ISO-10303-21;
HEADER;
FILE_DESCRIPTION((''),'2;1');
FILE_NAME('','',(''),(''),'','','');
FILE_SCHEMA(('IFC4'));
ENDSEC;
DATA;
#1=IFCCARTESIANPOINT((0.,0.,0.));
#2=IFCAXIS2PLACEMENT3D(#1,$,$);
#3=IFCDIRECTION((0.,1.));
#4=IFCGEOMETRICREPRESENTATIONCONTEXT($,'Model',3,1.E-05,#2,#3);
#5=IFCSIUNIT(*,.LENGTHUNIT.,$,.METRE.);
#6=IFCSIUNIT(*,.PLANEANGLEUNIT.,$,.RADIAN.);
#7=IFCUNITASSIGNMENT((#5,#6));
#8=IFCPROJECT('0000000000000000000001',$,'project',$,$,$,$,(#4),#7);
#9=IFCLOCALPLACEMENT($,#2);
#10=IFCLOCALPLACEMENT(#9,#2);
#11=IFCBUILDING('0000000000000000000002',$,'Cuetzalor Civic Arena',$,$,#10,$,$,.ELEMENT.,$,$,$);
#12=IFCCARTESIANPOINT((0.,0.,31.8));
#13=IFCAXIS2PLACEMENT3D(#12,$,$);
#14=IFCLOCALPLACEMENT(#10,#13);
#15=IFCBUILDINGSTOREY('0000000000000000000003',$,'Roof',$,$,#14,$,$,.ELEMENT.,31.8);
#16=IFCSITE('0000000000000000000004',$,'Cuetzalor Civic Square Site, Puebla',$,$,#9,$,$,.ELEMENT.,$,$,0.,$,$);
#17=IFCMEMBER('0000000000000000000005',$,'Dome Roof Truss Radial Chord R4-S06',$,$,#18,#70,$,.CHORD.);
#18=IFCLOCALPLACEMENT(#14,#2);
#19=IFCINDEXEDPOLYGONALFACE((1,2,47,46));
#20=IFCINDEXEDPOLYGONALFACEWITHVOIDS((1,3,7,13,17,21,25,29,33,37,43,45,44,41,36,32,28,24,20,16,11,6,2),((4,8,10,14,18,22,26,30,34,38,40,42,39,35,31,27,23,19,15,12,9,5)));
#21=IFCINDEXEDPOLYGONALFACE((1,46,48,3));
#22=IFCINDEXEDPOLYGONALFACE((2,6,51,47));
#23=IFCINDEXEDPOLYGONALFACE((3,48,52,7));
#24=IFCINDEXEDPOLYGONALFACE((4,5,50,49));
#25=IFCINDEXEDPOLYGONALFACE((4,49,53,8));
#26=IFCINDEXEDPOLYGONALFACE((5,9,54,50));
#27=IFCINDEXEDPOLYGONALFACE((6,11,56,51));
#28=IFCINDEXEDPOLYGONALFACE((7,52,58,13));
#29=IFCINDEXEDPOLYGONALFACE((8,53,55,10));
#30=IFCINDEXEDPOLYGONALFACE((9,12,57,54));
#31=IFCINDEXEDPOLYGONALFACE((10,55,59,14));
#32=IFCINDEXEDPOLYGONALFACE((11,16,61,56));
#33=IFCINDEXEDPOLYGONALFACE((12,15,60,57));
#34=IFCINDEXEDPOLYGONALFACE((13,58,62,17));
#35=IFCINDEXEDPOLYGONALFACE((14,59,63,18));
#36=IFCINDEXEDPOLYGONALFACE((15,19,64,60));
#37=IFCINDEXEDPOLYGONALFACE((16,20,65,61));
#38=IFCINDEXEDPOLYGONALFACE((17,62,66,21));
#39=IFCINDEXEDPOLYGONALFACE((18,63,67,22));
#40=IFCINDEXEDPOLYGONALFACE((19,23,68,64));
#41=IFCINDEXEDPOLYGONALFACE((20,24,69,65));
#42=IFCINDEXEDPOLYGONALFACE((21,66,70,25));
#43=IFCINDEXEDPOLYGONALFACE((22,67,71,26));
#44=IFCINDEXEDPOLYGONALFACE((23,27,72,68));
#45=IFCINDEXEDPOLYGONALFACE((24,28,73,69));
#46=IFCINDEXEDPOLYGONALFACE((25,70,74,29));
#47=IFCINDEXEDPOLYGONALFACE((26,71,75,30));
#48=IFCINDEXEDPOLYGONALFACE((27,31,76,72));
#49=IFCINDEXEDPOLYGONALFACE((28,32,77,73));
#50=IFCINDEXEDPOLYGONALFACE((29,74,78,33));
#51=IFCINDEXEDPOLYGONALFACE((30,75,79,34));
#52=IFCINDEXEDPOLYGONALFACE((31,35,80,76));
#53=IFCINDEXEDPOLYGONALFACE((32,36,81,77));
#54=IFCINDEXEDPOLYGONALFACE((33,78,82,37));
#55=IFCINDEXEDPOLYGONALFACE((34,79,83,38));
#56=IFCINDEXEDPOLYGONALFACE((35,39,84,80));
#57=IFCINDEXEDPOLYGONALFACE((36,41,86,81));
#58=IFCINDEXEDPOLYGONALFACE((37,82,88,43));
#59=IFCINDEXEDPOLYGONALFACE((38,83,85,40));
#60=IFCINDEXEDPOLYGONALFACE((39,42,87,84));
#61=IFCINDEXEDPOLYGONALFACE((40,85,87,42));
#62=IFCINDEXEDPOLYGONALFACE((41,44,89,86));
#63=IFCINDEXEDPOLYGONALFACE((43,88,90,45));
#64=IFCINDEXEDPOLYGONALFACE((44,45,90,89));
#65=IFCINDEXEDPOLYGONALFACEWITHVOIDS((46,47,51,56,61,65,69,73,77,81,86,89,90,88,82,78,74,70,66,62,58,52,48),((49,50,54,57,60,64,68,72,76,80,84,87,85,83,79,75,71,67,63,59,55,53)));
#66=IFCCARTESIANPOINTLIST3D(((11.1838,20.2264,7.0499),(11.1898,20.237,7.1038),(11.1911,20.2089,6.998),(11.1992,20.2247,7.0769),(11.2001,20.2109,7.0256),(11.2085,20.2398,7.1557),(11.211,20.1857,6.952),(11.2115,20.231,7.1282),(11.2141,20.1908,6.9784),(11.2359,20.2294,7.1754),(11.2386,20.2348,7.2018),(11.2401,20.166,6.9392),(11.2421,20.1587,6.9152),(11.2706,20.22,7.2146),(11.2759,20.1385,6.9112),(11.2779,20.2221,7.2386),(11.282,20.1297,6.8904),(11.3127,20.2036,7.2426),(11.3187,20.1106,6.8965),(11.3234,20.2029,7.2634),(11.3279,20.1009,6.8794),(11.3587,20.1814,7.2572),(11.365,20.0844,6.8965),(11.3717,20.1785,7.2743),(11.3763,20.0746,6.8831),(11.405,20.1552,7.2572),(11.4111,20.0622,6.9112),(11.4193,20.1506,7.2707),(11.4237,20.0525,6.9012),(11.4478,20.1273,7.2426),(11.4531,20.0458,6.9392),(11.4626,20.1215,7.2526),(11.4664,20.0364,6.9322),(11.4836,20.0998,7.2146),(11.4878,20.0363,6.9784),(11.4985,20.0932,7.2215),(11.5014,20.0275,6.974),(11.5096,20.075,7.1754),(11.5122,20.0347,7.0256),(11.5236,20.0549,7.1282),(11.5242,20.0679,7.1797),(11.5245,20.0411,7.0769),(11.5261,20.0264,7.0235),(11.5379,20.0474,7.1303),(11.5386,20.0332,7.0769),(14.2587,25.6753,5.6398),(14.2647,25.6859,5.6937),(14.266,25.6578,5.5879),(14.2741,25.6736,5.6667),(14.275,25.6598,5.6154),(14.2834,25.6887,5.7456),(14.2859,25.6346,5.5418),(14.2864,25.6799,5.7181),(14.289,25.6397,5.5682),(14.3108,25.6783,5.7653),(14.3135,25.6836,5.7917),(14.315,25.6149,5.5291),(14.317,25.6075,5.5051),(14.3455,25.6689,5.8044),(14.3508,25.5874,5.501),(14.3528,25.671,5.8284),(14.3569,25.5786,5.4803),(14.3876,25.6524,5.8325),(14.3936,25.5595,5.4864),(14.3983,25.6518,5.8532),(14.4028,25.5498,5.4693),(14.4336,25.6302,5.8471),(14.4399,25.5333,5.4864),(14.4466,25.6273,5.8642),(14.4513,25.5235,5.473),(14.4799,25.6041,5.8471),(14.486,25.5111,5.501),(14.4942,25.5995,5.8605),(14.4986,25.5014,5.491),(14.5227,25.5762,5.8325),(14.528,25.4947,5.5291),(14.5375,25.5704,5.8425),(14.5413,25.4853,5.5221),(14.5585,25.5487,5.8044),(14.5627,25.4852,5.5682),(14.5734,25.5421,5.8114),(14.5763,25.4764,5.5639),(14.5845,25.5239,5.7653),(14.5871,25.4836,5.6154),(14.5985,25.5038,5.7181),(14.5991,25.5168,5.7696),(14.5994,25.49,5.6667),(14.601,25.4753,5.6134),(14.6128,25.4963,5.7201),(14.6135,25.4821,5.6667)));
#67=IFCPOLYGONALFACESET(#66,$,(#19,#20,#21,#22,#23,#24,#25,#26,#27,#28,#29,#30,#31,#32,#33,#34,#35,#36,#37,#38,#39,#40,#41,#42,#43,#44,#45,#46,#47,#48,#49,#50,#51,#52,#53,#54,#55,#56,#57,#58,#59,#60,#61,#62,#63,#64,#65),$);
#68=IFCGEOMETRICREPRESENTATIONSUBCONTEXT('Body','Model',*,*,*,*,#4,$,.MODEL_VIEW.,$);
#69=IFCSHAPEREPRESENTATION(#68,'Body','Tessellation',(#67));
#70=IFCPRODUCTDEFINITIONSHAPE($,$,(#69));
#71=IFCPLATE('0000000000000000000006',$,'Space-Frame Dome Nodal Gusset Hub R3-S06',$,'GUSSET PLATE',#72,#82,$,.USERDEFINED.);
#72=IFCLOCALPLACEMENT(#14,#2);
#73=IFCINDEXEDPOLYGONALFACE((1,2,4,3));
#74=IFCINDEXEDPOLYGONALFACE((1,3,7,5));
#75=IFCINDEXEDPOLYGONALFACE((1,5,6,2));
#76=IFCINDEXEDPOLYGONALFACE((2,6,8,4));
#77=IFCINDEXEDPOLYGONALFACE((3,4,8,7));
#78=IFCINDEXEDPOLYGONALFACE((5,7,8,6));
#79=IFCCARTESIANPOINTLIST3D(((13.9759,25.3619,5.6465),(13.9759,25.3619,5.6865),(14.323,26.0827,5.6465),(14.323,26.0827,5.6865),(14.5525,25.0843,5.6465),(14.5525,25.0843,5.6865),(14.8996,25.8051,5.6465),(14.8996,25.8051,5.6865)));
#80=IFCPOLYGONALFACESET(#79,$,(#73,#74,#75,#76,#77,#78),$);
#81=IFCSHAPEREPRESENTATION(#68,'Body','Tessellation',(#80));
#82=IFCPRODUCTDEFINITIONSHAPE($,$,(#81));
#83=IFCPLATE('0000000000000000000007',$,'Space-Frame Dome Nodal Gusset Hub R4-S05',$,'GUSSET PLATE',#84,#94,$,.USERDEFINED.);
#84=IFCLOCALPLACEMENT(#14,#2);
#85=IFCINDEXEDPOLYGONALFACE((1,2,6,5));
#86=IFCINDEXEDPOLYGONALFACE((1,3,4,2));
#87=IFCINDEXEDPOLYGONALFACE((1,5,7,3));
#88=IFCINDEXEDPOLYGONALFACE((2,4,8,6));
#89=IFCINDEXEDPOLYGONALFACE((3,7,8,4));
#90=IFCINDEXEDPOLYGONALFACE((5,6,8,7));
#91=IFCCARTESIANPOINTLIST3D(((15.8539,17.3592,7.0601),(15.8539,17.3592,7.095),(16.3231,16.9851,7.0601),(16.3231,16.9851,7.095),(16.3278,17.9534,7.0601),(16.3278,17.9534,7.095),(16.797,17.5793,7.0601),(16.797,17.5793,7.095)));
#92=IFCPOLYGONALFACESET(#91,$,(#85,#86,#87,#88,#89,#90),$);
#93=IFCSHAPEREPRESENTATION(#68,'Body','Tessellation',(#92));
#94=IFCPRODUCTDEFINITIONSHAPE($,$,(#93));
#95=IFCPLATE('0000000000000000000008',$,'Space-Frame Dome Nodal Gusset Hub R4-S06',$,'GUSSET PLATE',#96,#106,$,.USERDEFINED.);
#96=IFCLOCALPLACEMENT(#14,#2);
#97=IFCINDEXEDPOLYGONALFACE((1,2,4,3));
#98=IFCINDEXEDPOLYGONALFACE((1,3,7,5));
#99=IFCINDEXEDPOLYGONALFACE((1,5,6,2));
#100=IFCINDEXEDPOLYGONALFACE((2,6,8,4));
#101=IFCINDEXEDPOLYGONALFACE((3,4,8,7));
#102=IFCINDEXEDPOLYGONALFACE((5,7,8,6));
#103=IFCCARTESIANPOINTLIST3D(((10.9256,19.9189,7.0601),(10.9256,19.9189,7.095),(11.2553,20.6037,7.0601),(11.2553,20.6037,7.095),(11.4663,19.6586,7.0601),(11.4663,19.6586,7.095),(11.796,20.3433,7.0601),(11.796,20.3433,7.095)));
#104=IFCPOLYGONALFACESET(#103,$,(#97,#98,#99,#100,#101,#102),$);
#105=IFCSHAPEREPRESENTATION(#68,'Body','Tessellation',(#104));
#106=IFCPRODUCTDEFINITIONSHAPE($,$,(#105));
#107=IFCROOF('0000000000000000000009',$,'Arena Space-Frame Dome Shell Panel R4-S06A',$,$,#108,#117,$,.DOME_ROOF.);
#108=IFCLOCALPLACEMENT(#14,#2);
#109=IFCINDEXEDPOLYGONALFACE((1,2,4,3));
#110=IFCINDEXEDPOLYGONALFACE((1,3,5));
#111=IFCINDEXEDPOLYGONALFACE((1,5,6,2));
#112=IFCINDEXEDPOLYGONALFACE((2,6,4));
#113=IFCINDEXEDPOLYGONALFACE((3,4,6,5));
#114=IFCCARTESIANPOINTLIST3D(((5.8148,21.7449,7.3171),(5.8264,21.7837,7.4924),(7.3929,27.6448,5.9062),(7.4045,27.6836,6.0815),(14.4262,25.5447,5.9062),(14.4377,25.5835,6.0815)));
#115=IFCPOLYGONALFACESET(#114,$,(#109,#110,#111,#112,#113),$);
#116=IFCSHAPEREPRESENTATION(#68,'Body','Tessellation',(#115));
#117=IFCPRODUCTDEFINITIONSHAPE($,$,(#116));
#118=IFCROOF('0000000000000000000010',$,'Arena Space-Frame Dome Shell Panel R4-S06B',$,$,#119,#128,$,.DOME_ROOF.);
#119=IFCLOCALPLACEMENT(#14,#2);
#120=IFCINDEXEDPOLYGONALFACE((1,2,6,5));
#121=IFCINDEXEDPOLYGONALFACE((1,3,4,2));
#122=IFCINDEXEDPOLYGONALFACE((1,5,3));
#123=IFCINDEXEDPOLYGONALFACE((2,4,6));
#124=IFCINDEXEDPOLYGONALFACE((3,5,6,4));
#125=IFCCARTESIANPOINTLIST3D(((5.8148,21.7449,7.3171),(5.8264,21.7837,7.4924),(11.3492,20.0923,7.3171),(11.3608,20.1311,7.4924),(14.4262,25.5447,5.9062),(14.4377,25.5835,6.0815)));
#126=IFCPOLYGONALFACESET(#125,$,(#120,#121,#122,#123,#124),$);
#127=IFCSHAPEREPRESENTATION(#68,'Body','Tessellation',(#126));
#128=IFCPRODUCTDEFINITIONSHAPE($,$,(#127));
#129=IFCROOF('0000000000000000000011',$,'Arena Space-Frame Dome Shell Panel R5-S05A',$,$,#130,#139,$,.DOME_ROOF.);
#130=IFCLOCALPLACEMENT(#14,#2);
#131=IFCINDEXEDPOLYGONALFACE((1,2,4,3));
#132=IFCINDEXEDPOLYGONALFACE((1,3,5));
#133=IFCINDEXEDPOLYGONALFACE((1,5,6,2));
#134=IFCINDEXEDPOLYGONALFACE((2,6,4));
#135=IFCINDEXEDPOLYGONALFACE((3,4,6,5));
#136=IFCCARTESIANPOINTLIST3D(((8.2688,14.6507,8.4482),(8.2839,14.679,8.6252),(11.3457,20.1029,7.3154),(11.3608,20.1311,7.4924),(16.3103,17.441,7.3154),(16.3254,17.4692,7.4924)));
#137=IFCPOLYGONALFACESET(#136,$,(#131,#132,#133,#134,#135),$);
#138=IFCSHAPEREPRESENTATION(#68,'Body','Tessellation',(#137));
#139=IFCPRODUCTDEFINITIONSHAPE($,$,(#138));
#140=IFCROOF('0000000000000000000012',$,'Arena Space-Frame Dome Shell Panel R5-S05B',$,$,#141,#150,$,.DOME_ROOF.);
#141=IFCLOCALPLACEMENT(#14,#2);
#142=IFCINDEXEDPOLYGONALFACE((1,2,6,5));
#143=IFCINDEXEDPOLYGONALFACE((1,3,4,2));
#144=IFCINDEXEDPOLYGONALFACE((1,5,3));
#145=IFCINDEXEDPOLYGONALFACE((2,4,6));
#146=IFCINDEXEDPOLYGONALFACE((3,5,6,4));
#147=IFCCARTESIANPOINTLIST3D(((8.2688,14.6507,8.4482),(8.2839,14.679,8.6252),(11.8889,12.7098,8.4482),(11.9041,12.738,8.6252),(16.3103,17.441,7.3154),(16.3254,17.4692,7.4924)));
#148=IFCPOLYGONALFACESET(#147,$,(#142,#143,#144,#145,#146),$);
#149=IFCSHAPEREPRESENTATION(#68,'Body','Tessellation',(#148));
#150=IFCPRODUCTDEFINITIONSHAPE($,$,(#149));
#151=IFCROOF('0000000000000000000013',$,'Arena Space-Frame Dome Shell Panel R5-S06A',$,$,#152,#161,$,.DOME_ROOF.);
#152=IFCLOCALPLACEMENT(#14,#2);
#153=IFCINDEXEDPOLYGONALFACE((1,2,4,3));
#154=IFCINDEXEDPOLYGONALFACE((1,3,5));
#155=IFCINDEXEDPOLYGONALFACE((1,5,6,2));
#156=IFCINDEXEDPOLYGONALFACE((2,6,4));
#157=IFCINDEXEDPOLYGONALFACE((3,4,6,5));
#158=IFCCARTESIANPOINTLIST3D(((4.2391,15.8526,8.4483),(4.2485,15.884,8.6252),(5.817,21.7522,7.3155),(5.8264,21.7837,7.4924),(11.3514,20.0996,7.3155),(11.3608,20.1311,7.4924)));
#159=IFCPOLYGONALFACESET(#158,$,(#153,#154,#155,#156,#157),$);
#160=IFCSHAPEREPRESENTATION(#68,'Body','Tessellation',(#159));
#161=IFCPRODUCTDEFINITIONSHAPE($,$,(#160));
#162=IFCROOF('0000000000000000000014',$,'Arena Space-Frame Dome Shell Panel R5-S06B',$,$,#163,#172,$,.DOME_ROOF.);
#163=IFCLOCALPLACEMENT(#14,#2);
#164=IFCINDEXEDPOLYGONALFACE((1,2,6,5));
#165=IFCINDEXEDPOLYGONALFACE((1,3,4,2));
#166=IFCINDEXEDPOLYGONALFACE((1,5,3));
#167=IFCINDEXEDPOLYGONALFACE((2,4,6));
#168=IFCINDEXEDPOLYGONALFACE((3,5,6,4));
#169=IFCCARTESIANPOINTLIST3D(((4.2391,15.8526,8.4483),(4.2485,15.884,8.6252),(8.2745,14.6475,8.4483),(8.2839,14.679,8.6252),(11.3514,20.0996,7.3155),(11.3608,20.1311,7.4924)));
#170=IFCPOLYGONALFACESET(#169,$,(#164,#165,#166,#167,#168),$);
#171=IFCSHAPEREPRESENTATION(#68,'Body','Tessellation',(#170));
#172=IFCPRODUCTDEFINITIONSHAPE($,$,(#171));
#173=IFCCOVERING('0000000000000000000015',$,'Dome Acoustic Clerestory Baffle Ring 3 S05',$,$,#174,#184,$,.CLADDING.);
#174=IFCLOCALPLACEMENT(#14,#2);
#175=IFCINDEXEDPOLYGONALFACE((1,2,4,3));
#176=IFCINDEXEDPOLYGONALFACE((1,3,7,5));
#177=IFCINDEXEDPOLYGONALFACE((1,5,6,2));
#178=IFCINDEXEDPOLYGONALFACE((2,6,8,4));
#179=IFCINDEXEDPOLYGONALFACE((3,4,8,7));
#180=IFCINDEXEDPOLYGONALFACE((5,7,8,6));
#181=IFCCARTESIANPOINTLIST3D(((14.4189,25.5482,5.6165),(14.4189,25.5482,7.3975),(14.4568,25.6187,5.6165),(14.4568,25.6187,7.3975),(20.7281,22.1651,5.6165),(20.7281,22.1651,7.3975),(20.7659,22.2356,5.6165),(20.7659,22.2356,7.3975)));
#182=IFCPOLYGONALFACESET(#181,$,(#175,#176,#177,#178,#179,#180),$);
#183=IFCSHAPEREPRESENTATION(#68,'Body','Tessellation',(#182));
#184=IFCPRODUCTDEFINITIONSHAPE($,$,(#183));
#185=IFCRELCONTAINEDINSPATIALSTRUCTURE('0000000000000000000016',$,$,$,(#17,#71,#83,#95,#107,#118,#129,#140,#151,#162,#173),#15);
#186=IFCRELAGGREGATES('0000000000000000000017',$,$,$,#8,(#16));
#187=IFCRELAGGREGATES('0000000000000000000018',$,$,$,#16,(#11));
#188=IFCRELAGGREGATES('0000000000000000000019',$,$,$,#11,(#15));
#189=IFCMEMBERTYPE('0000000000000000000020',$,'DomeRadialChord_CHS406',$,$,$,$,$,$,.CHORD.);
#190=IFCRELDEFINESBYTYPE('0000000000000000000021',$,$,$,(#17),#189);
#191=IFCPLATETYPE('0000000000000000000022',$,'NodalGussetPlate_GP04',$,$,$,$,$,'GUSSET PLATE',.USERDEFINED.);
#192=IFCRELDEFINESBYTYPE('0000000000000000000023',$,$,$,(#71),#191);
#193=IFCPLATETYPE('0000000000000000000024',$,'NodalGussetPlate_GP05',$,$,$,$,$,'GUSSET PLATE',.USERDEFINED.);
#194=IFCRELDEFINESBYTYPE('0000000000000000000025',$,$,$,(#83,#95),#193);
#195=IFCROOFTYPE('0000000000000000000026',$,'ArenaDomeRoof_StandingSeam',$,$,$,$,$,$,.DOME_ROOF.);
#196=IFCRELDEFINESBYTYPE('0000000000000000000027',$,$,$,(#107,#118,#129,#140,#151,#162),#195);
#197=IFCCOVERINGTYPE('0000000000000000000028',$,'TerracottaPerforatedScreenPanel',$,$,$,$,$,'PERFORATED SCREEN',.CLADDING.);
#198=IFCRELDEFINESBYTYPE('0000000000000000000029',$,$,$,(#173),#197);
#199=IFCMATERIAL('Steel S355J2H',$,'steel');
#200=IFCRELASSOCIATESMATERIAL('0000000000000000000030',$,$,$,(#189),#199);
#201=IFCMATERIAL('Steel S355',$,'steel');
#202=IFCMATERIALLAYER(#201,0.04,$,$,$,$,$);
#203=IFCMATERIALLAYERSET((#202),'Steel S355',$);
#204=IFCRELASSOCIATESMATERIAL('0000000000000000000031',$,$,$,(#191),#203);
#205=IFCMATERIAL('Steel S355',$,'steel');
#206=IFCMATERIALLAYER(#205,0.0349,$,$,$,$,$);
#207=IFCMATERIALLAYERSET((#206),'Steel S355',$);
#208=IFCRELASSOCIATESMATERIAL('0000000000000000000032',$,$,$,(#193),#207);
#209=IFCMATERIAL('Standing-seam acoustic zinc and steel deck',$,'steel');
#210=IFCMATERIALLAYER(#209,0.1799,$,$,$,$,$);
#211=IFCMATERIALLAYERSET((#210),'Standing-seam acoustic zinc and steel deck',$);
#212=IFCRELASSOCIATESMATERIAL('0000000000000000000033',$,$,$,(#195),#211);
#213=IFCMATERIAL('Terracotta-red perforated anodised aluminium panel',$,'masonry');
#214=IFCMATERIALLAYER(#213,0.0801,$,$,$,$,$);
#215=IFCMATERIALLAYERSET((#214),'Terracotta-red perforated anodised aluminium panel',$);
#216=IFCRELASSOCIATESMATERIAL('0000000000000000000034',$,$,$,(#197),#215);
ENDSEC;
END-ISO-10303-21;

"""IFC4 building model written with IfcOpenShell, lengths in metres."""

from ifc_helpers import new_model, si_unit, direction, frame, frame_2d, origin, origin_2d, place, context, subcontext, project, spatial, polyline, rectangle, hollow_circle, outline, extrude, material, layer, layer_set, material_profile, profile_set, type_object, element, save


model = new_model("IFC4")

# Units and contexts
model_context = context("Model", 3, precision=1e-05, world=origin(), true_north=direction((0.0, 1.0)))
body_context = subcontext(model_context, "Body", "Model", "MODEL_VIEW")
ifc_project = project(units=[si_unit("LENGTHUNIT", "METRE"), si_unit("PLANEANGLEUNIT", "RADIAN")], contexts=[model_context])

# Site, building, storey
site_placement = place(None, origin())
site = spatial("IfcSite", under=ifc_project, at=site_placement, Name="Cuetzalor Civic Square Site, Puebla", CompositionType="ELEMENT", RefElevation=0.0)
building_placement = place(site_placement, origin())
building = spatial("IfcBuilding", under=site, at=building_placement, Name="Cuetzalor Civic Arena", CompositionType="ELEMENT")
storey_placement = place(building_placement, frame((0.0, 0.0, 31.8)))
storey = spatial("IfcBuildingStorey", under=building, at=storey_placement, Name="Roof", CompositionType="ELEMENT", Elevation=31.8)

# Member
ifc_material_1 = material(Name="Steel S355J2H", Category="steel")
ifc_material_profile_1 = material_profile(ifc_material_1, hollow_circle(Radius=0.2029, WallThickness=0.0161, at=origin_2d()), Name="CHS 406x16")
ifc_profile_set_1 = profile_set([ifc_material_profile_1], Name="Steel S355J2H")
member_type_1 = type_object("IfcMemberType", Name="DomeRadialChord_CHS406", PredefinedType="CHORD", material=ifc_profile_set_1)
member_1_placement = place(storey_placement, frame((14.4368, 25.5818, 5.6667), z_axis=(-0.479437, -0.849587, 0.219867), x_axis=(0.870898, -0.491463, 0.0)))
element("IfcMember", 1, at=member_1_placement, inside=storey, type_object=member_type_1, Name="Dome Roof Truss Radial Chord R4-S06", PredefinedType="CHORD", context=body_context, shape_type="SweptSolid", body=[
    extrude(hollow_circle(Radius=0.2029, WallThickness=0.0161, at=origin_2d()), origin(), (0.0, 0.0, 1.0), 6.4136),
])

# Plates
ifc_material_2 = material(Name="Steel S355", Category="steel")
ifc_layer_1 = layer(ifc_material_2, 0.04)
ifc_layer_set_1 = layer_set([ifc_layer_1], Name="Steel S355")
plate_type_1 = type_object("IfcPlateType", Name="NodalGussetPlate_GP04", ElementType="GUSSET PLATE", PredefinedType="USERDEFINED", material=ifc_layer_set_1)
plate_placement = place(storey_placement, frame((14.4377, 25.5835, 5.6465), z_axis=(0.0, 0.0, 1.0), x_axis=(0.433816, 0.901001, 0.0)))
element("IfcPlate", 2, at=plate_placement, inside=storey, type_object=plate_type_1, Name="Space-Frame Dome Nodal Gusset Hub R3-S06", ObjectType="GUSSET PLATE", PredefinedType="USERDEFINED", context=body_context, shape_type="SweptSolid", body=[
    extrude(rectangle(XDim=0.8, YDim=0.6399, at=origin_2d()), origin(), (0.0, 0.0, 1.0), 0.04),
])
ifc_material_3 = material(Name="Steel S355", Category="steel")
ifc_layer_2 = layer(ifc_material_3, 0.0349)
ifc_layer_set_2 = layer_set([ifc_layer_2], Name="Steel S355")
plate_type_2 = type_object("IfcPlateType", Name="NodalGussetPlate_GP05", ElementType="GUSSET PLATE", PredefinedType="USERDEFINED", material=ifc_layer_set_2)
for number, where, z_axis, x_axis, name in (
    (3, (16.3254, 17.4692, 7.0601), (0.0, 0.0, 1.0), (0.62347, 0.781847, 0.0), "Space-Frame Dome Nodal Gusset Hub R4-S05"),
    (4, (11.3608, 20.1311, 7.0601), (0.0, 0.0, 1.0), (0.433816, 0.901001, 0.0), "Space-Frame Dome Nodal Gusset Hub R4-S06"),
):
    element("IfcPlate", number, at=place(storey_placement, frame(where, z_axis=z_axis, x_axis=x_axis)), inside=storey, type_object=plate_type_2, Name=name, ObjectType="GUSSET PLATE", PredefinedType="USERDEFINED", context=body_context, shape_type="SweptSolid", body=[
        extrude(rectangle(XDim=0.76, YDim=0.6001, at=origin_2d()), origin(), (0.0, 0.0, 1.0), 0.0349),
    ])

# Roofs
ifc_material_4 = material(Name="Standing-seam acoustic zinc and steel deck", Category="steel")
ifc_layer_3 = layer(ifc_material_4, 0.1799)
ifc_layer_set_3 = layer_set([ifc_layer_3], Name="Standing-seam acoustic zinc and steel deck")
roof_type = type_object("IfcRoofType", Name="ArenaDomeRoof_StandingSeam", PredefinedType="DOME_ROOF", material=ifc_layer_set_3)
roof_1_placement = place(storey_placement, frame((14.4377, 25.5835, 6.0815), z_axis=(0.064426, 0.215763, 0.974318), x_axis=(-0.958195, 0.286115, 0.0)))
element("IfcRoof", 5, at=roof_1_placement, inside=storey, type_object=roof_type, Name="Arena Space-Frame Dome Shell Panel R4-S06A", PredefinedType="DOME_ROOF", context=body_context, shape_type="SweptSolid", body=[
    extrude(outline(polyline([(0.0, 0.0), (7.3401, 0.0), (7.1642, 6.2657), (0.0, 0.0)])), origin(), (0.0, 0.0, -1.0), 0.1799),
])
roof_2_placement = place(storey_placement, frame((14.4377, 25.5835, 6.0815), z_axis=(0.064427, 0.215762, 0.974318), x_axis=(-0.904782, -0.399241, 0.14824)))
element("IfcRoof", 6, at=roof_2_placement, inside=storey, type_object=roof_type, Name="Arena Space-Frame Dome Shell Panel R4-S06B", PredefinedType="DOME_ROOF", context=body_context, shape_type="SweptSolid", body=[
    extrude(outline(polyline([(0.0, 0.0), (9.5176, 0.0), (5.1699, 3.8025), (0.0, 0.0)])), origin(), (0.0, 0.0, -1.0), 0.1799),
])
roof_3_placement = place(storey_placement, frame((16.3254, 17.4692, 7.4924), z_axis=(0.084156, 0.156959, 0.984013), x_axis=(-0.881313, 0.472533, 0.0)))
element("IfcRoof", 7, at=roof_3_placement, inside=storey, type_object=roof_type, Name="Arena Space-Frame Dome Shell Panel R5-S05A", PredefinedType="DOME_ROOF", context=body_context, shape_type="SweptSolid", body=[
    extrude(outline(polyline([(0.0, 0.0), (5.6332, 0.0), (5.7686, 6.3607), (0.0, 0.0)])), origin(), (0.0, 0.0, -1.0), 0.1799),
])
roof_4_placement = place(storey_placement, frame((16.3254, 17.4692, 7.4924), z_axis=(0.084155, 0.156962, 0.984013), x_axis=(-0.936486, -0.324947, 0.131923)))
element("IfcRoof", 8, at=roof_4_placement, inside=storey, type_object=roof_type, Name="Arena Space-Frame Dome Shell Panel R5-S05B", PredefinedType="DOME_ROOF", context=body_context, shape_type="SweptSolid", body=[
    extrude(outline(polyline([(0.0, 0.0), (8.5869, 0.0), (5.8274, 3.0426), (0.0, 0.0)])), origin(), (0.0, 0.0, -1.0), 0.1799),
])
roof_5_placement = place(storey_placement, frame((11.3608, 20.1311, 7.4924), z_axis=(0.052204, 0.174828, 0.983214), x_axis=(-0.958194, 0.286118, 0.0)))
element("IfcRoof", 9, at=roof_5_placement, inside=storey, type_object=roof_type, Name="Arena Space-Frame Dome Shell Panel R5-S06A", PredefinedType="DOME_ROOF", context=body_context, shape_type="SweptSolid", body=[
    extrude(outline(polyline([(0.0, 0.0), (5.7759, 0.0), (5.5998, 6.2087), (0.0, 0.0)])), origin(), (0.0, 0.0, -1.0), 0.1799),
])
roof_6_placement = place(storey_placement, frame((11.3608, 20.1311, 7.4924), z_axis=(0.052207, 0.174823, 0.983215), x_axis=(-0.850656, -0.507964, 0.135488)))
element("IfcRoof", 10, at=roof_6_placement, inside=storey, type_object=roof_type, Name="Arena Space-Frame Dome Shell Panel R5-S06B", PredefinedType="DOME_ROOF", context=body_context, shape_type="SweptSolid", body=[
    extrude(outline(polyline([(0.0, 0.0), (8.361, 0.0), (5.5404, 3.1274), (0.0, 0.0)])), origin(), (0.0, 0.0, -1.0), 0.1799),
])

# Covering
ifc_material_5 = material(Name="Terracotta-red perforated anodised aluminium panel", Category="masonry")
ifc_layer_4 = layer(ifc_material_5, 0.0801)
ifc_layer_set_4 = layer_set([ifc_layer_4], Name="Terracotta-red perforated anodised aluminium panel")
covering_type = type_object("IfcCoveringType", Name="TerracottaPerforatedScreenPanel", ElementType="PERFORATED SCREEN", PredefinedType="CLADDING", material=ifc_layer_set_4)
covering_1_placement = place(storey_placement, frame((14.4377, 25.5835, 5.6165), z_axis=(0.0, 0.0, 1.0), x_axis=(0.881294, -0.472568, 0.0)))
element("IfcCovering", 11, at=covering_1_placement, inside=storey, type_object=covering_type, Name="Dome Acoustic Clerestory Baffle Ring 3 S05", PredefinedType="CLADDING", context=body_context, shape_type="SweptSolid", body=[
    extrude(rectangle(XDim=7.1589, YDim=0.0801, at=frame_2d((3.5796, 0.0))), origin(), (0.0, 0.0, 1.0), 1.781),
])

save(model, "model.ifc")
